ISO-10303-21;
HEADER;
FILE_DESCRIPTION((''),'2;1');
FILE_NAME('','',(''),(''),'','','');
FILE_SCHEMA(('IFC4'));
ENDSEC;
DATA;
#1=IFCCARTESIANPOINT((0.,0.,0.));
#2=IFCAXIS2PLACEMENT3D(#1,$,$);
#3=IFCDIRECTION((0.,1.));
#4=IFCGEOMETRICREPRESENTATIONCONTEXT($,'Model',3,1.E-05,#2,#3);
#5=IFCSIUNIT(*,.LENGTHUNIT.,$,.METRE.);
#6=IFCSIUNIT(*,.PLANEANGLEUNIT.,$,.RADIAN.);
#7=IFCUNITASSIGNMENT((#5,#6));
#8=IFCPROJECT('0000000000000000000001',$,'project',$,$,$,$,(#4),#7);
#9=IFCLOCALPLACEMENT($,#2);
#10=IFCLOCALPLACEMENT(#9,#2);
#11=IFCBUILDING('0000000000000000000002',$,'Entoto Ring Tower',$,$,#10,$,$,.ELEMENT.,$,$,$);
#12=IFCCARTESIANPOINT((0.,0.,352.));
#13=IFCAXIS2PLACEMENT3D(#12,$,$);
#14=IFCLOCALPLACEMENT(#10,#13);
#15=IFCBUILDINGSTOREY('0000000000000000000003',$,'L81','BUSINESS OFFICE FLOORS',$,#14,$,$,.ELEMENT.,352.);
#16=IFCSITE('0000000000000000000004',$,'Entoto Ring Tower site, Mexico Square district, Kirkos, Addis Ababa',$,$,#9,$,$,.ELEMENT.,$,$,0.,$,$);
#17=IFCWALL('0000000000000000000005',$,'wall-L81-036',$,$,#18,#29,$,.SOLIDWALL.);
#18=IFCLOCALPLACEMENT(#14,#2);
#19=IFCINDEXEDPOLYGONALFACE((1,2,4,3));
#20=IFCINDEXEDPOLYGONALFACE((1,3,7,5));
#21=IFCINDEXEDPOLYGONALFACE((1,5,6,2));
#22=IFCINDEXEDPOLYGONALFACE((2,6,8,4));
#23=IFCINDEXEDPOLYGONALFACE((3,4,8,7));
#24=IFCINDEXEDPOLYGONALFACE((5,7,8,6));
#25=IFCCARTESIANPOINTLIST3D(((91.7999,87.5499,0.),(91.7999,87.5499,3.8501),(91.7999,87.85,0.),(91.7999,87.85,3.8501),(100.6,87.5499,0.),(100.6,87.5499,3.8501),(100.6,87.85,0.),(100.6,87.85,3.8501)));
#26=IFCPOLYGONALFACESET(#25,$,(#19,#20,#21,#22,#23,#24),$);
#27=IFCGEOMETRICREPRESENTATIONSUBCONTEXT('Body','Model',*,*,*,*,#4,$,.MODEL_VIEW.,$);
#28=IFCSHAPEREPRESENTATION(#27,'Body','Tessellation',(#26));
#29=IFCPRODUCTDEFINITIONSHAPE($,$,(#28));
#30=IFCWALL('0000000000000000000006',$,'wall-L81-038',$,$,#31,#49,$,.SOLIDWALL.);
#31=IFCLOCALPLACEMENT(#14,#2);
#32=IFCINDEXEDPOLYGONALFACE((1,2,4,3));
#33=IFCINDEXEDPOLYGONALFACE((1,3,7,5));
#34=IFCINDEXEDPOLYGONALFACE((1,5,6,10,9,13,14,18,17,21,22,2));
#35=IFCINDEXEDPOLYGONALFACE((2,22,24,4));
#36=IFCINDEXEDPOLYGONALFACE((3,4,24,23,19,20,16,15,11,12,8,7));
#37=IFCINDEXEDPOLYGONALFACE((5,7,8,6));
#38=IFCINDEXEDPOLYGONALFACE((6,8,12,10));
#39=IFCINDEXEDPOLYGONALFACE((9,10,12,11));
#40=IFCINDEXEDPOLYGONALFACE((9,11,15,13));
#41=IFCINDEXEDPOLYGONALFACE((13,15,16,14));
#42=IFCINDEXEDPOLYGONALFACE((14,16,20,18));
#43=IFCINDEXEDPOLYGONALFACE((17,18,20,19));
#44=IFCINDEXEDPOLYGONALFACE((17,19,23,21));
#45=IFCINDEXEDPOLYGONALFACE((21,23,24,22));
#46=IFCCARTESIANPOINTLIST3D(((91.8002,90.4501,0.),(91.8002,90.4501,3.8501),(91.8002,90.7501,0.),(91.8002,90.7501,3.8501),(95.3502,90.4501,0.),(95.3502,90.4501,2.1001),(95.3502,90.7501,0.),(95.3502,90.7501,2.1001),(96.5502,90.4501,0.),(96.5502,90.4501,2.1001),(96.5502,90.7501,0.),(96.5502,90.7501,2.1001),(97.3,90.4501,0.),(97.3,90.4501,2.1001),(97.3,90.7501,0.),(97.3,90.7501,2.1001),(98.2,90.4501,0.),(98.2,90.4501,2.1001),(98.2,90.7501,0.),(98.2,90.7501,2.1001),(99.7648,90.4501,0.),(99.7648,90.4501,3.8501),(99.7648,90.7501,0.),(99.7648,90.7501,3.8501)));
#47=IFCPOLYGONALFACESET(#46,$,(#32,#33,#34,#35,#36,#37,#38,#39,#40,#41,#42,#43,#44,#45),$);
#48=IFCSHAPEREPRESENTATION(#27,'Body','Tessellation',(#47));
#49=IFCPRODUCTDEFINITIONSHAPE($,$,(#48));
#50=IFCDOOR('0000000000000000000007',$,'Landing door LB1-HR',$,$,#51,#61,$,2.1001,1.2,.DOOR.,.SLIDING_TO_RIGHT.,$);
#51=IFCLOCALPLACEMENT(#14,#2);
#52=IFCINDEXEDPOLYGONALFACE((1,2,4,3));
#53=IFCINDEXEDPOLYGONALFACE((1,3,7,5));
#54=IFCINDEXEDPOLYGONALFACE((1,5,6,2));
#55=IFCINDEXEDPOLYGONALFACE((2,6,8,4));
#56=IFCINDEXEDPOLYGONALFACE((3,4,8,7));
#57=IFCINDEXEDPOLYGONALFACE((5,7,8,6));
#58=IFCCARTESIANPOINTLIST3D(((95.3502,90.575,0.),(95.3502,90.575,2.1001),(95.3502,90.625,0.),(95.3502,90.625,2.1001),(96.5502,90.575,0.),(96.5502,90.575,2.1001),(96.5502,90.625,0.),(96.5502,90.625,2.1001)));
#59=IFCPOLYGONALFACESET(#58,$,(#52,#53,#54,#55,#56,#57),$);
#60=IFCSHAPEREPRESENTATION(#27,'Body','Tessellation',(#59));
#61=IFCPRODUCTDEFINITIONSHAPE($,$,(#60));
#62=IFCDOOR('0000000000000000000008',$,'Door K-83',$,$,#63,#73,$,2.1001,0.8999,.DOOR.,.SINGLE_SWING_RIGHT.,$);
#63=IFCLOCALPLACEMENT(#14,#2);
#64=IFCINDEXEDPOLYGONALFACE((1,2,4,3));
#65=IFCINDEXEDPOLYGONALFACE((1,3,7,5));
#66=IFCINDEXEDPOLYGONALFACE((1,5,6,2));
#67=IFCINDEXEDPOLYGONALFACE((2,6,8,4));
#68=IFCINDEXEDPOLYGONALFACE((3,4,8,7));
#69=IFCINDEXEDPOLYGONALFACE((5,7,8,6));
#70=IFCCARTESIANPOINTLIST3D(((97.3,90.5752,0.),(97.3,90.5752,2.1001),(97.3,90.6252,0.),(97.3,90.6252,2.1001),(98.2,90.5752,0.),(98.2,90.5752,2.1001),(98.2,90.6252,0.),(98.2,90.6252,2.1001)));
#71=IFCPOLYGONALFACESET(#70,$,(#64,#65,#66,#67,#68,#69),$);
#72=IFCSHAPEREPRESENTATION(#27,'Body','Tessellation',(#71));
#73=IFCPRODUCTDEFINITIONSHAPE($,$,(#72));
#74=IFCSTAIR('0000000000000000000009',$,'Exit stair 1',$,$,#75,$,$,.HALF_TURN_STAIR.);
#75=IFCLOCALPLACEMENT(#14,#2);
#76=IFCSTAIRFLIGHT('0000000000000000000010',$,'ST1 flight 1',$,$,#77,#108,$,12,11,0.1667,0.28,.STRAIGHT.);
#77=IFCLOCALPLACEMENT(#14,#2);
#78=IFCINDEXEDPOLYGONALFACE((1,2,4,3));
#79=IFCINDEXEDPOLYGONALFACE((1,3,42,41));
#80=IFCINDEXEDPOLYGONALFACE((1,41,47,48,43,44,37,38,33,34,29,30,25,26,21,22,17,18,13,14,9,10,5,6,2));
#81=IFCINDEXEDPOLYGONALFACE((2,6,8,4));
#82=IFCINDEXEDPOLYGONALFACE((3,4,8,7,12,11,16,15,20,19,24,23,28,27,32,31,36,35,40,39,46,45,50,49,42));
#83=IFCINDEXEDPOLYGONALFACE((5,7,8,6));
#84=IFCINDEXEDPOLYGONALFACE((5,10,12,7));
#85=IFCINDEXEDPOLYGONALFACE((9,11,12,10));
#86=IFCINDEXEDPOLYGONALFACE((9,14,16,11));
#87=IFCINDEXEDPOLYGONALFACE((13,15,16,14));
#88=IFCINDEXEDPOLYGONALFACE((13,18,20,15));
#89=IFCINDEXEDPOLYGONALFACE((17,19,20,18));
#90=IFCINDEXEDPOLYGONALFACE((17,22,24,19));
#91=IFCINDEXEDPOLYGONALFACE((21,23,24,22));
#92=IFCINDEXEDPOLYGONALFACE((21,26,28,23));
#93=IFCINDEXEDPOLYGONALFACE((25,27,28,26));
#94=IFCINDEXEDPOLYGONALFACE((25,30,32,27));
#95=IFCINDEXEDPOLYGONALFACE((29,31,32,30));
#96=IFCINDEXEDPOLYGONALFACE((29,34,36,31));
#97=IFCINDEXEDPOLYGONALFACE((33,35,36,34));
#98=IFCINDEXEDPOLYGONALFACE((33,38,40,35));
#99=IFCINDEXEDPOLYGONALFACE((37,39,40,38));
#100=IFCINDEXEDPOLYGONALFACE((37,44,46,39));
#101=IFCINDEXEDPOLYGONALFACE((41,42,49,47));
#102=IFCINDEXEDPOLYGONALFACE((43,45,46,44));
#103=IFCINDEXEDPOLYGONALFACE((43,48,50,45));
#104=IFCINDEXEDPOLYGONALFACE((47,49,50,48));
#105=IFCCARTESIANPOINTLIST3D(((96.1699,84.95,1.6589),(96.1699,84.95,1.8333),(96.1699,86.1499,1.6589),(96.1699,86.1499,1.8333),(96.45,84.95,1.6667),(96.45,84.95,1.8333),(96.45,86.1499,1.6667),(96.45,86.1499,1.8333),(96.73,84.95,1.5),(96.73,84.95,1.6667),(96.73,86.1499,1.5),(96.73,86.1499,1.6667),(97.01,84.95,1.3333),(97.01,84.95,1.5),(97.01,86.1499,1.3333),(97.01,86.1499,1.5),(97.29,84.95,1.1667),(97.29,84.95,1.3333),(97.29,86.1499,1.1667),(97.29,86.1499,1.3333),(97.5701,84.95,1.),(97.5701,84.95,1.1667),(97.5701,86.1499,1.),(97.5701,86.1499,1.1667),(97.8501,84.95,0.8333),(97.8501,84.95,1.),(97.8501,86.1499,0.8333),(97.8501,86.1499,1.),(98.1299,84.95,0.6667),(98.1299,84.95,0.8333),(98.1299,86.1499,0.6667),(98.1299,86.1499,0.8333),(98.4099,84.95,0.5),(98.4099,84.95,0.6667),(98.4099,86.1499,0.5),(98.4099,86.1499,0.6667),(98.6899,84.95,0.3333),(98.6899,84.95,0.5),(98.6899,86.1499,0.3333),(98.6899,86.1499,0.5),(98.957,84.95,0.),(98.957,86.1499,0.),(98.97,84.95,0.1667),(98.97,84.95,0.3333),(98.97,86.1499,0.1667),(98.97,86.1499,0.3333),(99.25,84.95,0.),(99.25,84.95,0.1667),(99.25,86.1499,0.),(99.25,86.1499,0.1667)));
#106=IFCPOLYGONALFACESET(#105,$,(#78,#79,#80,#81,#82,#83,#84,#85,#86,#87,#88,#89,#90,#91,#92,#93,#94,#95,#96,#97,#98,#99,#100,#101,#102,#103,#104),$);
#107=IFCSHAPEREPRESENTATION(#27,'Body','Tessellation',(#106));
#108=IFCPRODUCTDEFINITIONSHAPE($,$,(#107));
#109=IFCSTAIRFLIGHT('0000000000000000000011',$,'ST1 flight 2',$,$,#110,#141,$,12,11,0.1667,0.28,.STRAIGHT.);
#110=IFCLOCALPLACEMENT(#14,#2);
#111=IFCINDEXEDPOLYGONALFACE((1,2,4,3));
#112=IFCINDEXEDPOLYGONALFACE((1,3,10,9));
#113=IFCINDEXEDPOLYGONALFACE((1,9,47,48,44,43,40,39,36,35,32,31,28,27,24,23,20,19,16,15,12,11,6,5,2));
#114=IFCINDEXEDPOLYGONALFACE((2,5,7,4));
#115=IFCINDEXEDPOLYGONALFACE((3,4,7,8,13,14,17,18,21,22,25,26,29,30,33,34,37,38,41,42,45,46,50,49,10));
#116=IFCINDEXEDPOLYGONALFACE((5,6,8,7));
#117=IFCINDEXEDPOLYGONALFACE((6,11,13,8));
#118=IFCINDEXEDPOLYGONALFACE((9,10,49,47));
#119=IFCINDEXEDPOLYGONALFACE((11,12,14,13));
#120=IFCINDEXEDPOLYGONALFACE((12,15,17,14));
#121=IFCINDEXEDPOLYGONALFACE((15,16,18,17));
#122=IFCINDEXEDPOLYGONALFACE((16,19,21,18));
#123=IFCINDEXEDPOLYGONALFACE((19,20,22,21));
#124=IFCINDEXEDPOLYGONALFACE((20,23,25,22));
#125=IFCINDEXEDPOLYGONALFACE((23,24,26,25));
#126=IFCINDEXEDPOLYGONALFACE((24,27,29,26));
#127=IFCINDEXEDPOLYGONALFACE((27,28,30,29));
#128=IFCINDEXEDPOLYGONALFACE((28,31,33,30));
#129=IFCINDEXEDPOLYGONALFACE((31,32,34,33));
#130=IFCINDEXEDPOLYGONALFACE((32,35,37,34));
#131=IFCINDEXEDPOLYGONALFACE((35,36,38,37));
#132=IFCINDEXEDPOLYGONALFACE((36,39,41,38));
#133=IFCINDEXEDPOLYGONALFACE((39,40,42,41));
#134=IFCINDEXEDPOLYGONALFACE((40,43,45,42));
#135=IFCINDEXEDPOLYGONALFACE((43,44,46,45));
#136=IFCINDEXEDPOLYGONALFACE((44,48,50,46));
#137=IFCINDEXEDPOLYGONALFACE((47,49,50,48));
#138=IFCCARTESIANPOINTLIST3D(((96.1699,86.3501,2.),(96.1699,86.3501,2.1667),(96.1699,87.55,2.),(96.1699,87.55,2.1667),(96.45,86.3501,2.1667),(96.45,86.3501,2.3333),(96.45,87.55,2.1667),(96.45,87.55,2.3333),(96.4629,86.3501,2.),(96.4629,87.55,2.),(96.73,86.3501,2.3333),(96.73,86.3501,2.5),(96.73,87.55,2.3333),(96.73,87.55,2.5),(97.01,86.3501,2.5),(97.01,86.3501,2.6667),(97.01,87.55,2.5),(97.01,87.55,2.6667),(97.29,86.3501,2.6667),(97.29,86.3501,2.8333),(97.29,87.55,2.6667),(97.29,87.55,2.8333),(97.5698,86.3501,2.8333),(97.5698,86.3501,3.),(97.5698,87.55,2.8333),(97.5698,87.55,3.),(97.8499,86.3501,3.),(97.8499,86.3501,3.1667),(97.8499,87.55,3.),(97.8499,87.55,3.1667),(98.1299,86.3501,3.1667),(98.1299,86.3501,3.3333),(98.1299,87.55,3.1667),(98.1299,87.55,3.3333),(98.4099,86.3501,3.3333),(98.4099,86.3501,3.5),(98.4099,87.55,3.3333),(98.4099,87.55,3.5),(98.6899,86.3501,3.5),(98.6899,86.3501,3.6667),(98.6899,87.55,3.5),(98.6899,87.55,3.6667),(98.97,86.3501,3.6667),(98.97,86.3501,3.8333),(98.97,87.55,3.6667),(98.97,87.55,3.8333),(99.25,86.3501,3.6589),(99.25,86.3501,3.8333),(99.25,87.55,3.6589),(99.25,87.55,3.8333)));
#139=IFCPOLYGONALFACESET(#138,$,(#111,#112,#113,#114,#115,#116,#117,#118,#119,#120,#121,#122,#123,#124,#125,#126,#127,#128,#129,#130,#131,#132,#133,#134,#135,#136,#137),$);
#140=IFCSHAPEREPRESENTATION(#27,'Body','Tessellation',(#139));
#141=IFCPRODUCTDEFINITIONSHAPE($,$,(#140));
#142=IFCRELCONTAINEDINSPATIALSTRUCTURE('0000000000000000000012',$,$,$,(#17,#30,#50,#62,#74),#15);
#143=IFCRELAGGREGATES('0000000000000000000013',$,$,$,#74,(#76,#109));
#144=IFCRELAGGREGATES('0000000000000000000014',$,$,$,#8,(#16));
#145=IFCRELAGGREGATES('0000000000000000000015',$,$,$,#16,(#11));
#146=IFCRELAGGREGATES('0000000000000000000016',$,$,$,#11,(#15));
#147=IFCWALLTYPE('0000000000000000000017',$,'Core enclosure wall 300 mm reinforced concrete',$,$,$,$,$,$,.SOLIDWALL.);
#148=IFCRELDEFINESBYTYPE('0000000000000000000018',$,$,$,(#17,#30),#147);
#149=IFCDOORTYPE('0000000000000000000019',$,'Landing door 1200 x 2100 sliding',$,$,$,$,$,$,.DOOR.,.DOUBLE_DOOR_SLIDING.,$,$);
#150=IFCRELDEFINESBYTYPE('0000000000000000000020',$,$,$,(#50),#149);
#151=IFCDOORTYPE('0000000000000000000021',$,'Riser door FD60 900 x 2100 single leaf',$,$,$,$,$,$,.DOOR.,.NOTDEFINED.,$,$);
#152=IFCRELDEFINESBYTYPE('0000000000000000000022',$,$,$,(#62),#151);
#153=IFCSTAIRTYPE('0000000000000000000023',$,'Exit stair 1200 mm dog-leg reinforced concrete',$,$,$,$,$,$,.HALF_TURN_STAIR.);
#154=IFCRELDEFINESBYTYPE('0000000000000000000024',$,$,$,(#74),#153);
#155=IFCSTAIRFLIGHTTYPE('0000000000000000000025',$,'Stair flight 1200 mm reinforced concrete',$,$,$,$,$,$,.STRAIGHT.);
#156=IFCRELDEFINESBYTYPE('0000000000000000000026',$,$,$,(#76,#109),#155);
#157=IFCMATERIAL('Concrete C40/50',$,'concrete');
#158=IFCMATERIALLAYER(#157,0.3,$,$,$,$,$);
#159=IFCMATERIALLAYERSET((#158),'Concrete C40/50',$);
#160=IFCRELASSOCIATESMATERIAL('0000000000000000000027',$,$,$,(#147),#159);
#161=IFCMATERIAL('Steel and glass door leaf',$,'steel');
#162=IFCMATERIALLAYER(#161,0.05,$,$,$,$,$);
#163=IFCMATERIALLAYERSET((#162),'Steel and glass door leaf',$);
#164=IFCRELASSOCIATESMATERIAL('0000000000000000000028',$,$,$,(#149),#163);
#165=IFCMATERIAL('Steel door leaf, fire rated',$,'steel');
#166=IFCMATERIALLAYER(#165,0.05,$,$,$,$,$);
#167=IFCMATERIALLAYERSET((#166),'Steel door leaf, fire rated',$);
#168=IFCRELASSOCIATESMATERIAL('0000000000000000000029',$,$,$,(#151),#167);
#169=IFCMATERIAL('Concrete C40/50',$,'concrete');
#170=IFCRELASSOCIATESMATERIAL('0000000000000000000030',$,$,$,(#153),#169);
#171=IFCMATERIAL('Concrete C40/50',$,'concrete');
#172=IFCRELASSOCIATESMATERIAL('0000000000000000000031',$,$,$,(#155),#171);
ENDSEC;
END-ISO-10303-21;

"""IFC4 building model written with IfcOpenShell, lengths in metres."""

from ifc_helpers import new_model, si_unit, direction, frame, frame_2d, origin, place, context, subcontext, project, spatial, polyline, rectangle, outline, extrude, material, layer, layer_set, type_object, element, fill, aggregate, save


model = new_model("IFC4")

# Units and contexts
model_context = context("Model", 3, precision=1e-05, world=origin(), true_north=direction((0.0, 1.0)))
body_context = subcontext(model_context, "Body", "Model", "MODEL_VIEW")
ifc_project = project(units=[si_unit("LENGTHUNIT", "METRE"), si_unit("PLANEANGLEUNIT", "RADIAN")], contexts=[model_context])

# Site, building, storey
site_placement = place(None, origin())
site = spatial("IfcSite", under=ifc_project, at=site_placement, Name="Entoto Ring Tower site, Mexico Square district, Kirkos, Addis Ababa", CompositionType="ELEMENT", RefElevation=0.0)
building_placement = place(site_placement, origin())
building = spatial("IfcBuilding", under=site, at=building_placement, Name="Entoto Ring Tower", CompositionType="ELEMENT")
storey_placement = place(building_placement, frame((0.0, 0.0, 352.0)))
storey = spatial("IfcBuildingStorey", under=building, at=storey_placement, Name="L81", Description="BUSINESS OFFICE FLOORS", CompositionType="ELEMENT", Elevation=352.0)

# Shared definitions
ifc_material_1 = material(Name="Concrete C40/50", Category="concrete")
ifc_layer_1 = layer(ifc_material_1, 0.3)
ifc_layer_set_1 = layer_set([ifc_layer_1], Name="Concrete C40/50")
wall_type = type_object("IfcWallType", Name="Core enclosure wall 300 mm reinforced concrete", PredefinedType="SOLIDWALL", material=ifc_layer_set_1)

# Shared definitions
ifc_material_2 = material(Name="Steel and glass door leaf", Category="steel")
ifc_layer_2 = layer(ifc_material_2, 0.05)
ifc_layer_set_2 = layer_set([ifc_layer_2], Name="Steel and glass door leaf")
door_type_1 = type_object("IfcDoorType", Name="Landing door 1200 x 2100 sliding", OperationType="DOUBLE_DOOR_SLIDING", PredefinedType="DOOR", material=ifc_layer_set_2)

# Wall
wall_1_placement = place(storey_placement, frame((91.8, 87.7, 0.0), z_axis=(0.0, 0.0, 1.0), x_axis=(1.0, 0.0, 0.0)))
element("IfcWall", 1, at=wall_1_placement, inside=storey, type_object=wall_type, Name="wall-L81-036", PredefinedType="SOLIDWALL", context=body_context, shape_type="SweptSolid", body=[
    extrude(rectangle(XDim=8.8, YDim=0.3, at=frame_2d((4.3999, 0.0))), origin(), (0.0, 0.0, 1.0), 3.8501),
])

# Wall, openings, doors
wall_2_placement = place(storey_placement, frame((91.8, 90.6001, 0.0), z_axis=(0.0, 0.0, 1.0), x_axis=(1.0, 0.0, 0.0)))
wall_2 = element("IfcWall", 2, at=wall_2_placement, inside=storey, type_object=wall_type, Name="wall-L81-038", PredefinedType="SOLIDWALL", context=body_context, shape_type="SweptSolid", body=[
    extrude(rectangle(XDim=7.9646, YDim=0.3, at=frame_2d((3.9824, 0.0))), origin(), (0.0, 0.0, 1.0), 3.8501),
])
opening_1_placement = place(wall_2_placement, frame((3.55, 0.0, 0.0)))
opening_1 = element("IfcOpeningElement", 3, at=opening_1_placement, cuts=wall_2, PredefinedType="OPENING", context=body_context, shape_type="SweptSolid", body=[
    extrude(rectangle(XDim=1.2, YDim=2.1001, at=frame_2d((0.6001, 1.05))), frame((0.0, 0.1602, 0.0), z_axis=(0.0, -1.0, 0.0), x_axis=(1.0, 0.0, 0.0)), (0.0, 0.0, 1.0), 0.3201),
])
opening_2_placement = place(wall_2_placement, frame((5.5, 0.0, 0.0)))
opening_2 = element("IfcOpeningElement", 4, at=opening_2_placement, cuts=wall_2, PredefinedType="OPENING", context=body_context, shape_type="SweptSolid", body=[
    extrude(rectangle(XDim=0.8999, YDim=2.1001, at=frame_2d((0.45, 1.05))), frame((0.0, 0.1602, 0.0), z_axis=(0.0, -1.0, 0.0), x_axis=(1.0, 0.0, 0.0)), (0.0, 0.0, 1.0), 0.3201),
])
door_1_placement = place(opening_1_placement, origin())
door_1 = element("IfcDoor", 5, at=door_1_placement, inside=storey, type_object=door_type_1, Name="Landing door LB1-HR", OperationType="SLIDING_TO_RIGHT", OverallHeight=2.1001, OverallWidth=1.2, PredefinedType="DOOR", context=body_context, shape_type="SweptSolid", body=[
    extrude(rectangle(XDim=1.2, YDim=2.1001, at=frame_2d((0.6001, 1.05))), frame((0.0, 0.0249, 0.0), z_axis=(0.0, -1.0, 0.0), x_axis=(1.0, 0.0, 0.0)), (0.0, 0.0, 1.0), 0.05),
])
fill(opening_1, door_1)
ifc_material_3 = material(Name="Steel door leaf, fire rated", Category="steel")
ifc_layer_3 = layer(ifc_material_3, 0.05)
ifc_layer_set_3 = layer_set([ifc_layer_3], Name="Steel door leaf, fire rated")
door_type_2 = type_object("IfcDoorType", Name="Riser door FD60 900 x 2100 single leaf", OperationType="NOTDEFINED", PredefinedType="DOOR", material=ifc_layer_set_3)
door_2_placement = place(opening_2_placement, frame((0.8999, 0.0, 0.0), z_axis=(0.0, 0.0, 1.0), x_axis=(-1.0, 0.0, 0.0)))
door_2 = element("IfcDoor", 6, at=door_2_placement, inside=storey, type_object=door_type_2, Name="Door K-83", OperationType="SINGLE_SWING_RIGHT", OverallHeight=2.1001, OverallWidth=0.8999, PredefinedType="DOOR", context=body_context, shape_type="SweptSolid", body=[
    extrude(rectangle(XDim=0.8999, YDim=2.1001, at=frame_2d((0.45, 1.05))), frame((0.0, 0.0249, 0.0), z_axis=(0.0, -1.0, 0.0), x_axis=(1.0, 0.0, 0.0)), (0.0, 0.0, 1.0), 0.05),
])
fill(opening_2, door_2)

# Stair, stair flights
ifc_material_4 = material(Name="Concrete C40/50", Category="concrete")
stair_type = type_object("IfcStairType", Name="Exit stair 1200 mm dog-leg reinforced concrete", PredefinedType="HALF_TURN_STAIR", material=ifc_material_4)
stair_placement = place(storey_placement, origin())
stair = element("IfcStair", 7, at=stair_placement, inside=storey, type_object=stair_type, Name="Exit stair 1", PredefinedType="HALF_TURN_STAIR")
ifc_material_5 = material(Name="Concrete C40/50", Category="concrete")
stair_flight_type = type_object("IfcStairFlightType", Name="Stair flight 1200 mm reinforced concrete", PredefinedType="STRAIGHT", material=ifc_material_5)
stair_flight_1_placement = place(storey_placement, frame((99.25, 85.55, 0.0), z_axis=(0.0, 0.0, 1.0), x_axis=(-1.0, 0.0, 0.0)))
stair_flight_1 = element("IfcStairFlight", 8, at=stair_flight_1_placement, type_object=stair_flight_type, Name="ST1 flight 1", NumberOfRisers=12, NumberOfTreads=11, PredefinedType="STRAIGHT", RiserHeight=0.1667, TreadLength=0.28, context=body_context, shape_type="SweptSolid", body=[
    extrude(outline(polyline([(0.0, 0.0), (0.0, 0.1667), (0.28, 0.1667), (0.28, 0.3333), (0.5601, 0.3333), (0.5601, 0.5), (0.8401, 0.5), (0.8401, 0.6667), (1.1201, 0.6667), (1.1201, 0.8333), (1.3999, 0.8333), (1.3999, 1.0), (1.6799, 1.0), (1.6799, 1.1667), (1.96, 1.1667), (1.96, 1.3333), (2.24, 1.3333), (2.24, 1.5), (2.52, 1.5), (2.52, 1.6667), (2.8, 1.6667), (2.8, 1.8333), (3.0801, 1.8333), (3.0801, 2.0), (3.0801, 1.6589), (0.293, 0.0), (0.0, 0.0)])), frame((0.0, 0.6001, 0.0), z_axis=(0.0, -1.0, 0.0), x_axis=(1.0, 0.0, 0.0)), (0.0, 0.0, 1.0), 1.2),
])
stair_flight_2_placement = place(storey_placement, frame((96.1699, 86.95, 2.0), z_axis=(0.0, 0.0, 1.0), x_axis=(1.0, 0.0, 0.0)))
stair_flight_2 = element("IfcStairFlight", 9, at=stair_flight_2_placement, type_object=stair_flight_type, Name="ST1 flight 2", NumberOfRisers=12, NumberOfTreads=11, PredefinedType="STRAIGHT", RiserHeight=0.1667, TreadLength=0.28, context=body_context, shape_type="SweptSolid", body=[
    extrude(outline(polyline([(0.0, 0.0), (0.0, 0.1667), (0.28, 0.1667), (0.28, 0.3333), (0.5601, 0.3333), (0.5601, 0.5), (0.8401, 0.5), (0.8401, 0.6667), (1.1201, 0.6667), (1.1201, 0.8333), (1.3999, 0.8333), (1.3999, 1.0), (1.6799, 1.0), (1.6799, 1.1667), (1.96, 1.1667), (1.96, 1.3333), (2.24, 1.3333), (2.24, 1.5), (2.52, 1.5), (2.52, 1.6667), (2.8, 1.6667), (2.8, 1.8333), (3.0801, 1.8333), (3.0801, 2.0), (3.0801, 1.6589), (0.293, 0.0), (0.0, 0.0)])), frame((0.0, 0.6001, 0.0), z_axis=(0.0, -1.0, 0.0), x_axis=(1.0, 0.0, 0.0)), (0.0, 0.0, 1.0), 1.2),
])
aggregate(stair, [stair_flight_1, stair_flight_2])

save(model, "model.ifc")
